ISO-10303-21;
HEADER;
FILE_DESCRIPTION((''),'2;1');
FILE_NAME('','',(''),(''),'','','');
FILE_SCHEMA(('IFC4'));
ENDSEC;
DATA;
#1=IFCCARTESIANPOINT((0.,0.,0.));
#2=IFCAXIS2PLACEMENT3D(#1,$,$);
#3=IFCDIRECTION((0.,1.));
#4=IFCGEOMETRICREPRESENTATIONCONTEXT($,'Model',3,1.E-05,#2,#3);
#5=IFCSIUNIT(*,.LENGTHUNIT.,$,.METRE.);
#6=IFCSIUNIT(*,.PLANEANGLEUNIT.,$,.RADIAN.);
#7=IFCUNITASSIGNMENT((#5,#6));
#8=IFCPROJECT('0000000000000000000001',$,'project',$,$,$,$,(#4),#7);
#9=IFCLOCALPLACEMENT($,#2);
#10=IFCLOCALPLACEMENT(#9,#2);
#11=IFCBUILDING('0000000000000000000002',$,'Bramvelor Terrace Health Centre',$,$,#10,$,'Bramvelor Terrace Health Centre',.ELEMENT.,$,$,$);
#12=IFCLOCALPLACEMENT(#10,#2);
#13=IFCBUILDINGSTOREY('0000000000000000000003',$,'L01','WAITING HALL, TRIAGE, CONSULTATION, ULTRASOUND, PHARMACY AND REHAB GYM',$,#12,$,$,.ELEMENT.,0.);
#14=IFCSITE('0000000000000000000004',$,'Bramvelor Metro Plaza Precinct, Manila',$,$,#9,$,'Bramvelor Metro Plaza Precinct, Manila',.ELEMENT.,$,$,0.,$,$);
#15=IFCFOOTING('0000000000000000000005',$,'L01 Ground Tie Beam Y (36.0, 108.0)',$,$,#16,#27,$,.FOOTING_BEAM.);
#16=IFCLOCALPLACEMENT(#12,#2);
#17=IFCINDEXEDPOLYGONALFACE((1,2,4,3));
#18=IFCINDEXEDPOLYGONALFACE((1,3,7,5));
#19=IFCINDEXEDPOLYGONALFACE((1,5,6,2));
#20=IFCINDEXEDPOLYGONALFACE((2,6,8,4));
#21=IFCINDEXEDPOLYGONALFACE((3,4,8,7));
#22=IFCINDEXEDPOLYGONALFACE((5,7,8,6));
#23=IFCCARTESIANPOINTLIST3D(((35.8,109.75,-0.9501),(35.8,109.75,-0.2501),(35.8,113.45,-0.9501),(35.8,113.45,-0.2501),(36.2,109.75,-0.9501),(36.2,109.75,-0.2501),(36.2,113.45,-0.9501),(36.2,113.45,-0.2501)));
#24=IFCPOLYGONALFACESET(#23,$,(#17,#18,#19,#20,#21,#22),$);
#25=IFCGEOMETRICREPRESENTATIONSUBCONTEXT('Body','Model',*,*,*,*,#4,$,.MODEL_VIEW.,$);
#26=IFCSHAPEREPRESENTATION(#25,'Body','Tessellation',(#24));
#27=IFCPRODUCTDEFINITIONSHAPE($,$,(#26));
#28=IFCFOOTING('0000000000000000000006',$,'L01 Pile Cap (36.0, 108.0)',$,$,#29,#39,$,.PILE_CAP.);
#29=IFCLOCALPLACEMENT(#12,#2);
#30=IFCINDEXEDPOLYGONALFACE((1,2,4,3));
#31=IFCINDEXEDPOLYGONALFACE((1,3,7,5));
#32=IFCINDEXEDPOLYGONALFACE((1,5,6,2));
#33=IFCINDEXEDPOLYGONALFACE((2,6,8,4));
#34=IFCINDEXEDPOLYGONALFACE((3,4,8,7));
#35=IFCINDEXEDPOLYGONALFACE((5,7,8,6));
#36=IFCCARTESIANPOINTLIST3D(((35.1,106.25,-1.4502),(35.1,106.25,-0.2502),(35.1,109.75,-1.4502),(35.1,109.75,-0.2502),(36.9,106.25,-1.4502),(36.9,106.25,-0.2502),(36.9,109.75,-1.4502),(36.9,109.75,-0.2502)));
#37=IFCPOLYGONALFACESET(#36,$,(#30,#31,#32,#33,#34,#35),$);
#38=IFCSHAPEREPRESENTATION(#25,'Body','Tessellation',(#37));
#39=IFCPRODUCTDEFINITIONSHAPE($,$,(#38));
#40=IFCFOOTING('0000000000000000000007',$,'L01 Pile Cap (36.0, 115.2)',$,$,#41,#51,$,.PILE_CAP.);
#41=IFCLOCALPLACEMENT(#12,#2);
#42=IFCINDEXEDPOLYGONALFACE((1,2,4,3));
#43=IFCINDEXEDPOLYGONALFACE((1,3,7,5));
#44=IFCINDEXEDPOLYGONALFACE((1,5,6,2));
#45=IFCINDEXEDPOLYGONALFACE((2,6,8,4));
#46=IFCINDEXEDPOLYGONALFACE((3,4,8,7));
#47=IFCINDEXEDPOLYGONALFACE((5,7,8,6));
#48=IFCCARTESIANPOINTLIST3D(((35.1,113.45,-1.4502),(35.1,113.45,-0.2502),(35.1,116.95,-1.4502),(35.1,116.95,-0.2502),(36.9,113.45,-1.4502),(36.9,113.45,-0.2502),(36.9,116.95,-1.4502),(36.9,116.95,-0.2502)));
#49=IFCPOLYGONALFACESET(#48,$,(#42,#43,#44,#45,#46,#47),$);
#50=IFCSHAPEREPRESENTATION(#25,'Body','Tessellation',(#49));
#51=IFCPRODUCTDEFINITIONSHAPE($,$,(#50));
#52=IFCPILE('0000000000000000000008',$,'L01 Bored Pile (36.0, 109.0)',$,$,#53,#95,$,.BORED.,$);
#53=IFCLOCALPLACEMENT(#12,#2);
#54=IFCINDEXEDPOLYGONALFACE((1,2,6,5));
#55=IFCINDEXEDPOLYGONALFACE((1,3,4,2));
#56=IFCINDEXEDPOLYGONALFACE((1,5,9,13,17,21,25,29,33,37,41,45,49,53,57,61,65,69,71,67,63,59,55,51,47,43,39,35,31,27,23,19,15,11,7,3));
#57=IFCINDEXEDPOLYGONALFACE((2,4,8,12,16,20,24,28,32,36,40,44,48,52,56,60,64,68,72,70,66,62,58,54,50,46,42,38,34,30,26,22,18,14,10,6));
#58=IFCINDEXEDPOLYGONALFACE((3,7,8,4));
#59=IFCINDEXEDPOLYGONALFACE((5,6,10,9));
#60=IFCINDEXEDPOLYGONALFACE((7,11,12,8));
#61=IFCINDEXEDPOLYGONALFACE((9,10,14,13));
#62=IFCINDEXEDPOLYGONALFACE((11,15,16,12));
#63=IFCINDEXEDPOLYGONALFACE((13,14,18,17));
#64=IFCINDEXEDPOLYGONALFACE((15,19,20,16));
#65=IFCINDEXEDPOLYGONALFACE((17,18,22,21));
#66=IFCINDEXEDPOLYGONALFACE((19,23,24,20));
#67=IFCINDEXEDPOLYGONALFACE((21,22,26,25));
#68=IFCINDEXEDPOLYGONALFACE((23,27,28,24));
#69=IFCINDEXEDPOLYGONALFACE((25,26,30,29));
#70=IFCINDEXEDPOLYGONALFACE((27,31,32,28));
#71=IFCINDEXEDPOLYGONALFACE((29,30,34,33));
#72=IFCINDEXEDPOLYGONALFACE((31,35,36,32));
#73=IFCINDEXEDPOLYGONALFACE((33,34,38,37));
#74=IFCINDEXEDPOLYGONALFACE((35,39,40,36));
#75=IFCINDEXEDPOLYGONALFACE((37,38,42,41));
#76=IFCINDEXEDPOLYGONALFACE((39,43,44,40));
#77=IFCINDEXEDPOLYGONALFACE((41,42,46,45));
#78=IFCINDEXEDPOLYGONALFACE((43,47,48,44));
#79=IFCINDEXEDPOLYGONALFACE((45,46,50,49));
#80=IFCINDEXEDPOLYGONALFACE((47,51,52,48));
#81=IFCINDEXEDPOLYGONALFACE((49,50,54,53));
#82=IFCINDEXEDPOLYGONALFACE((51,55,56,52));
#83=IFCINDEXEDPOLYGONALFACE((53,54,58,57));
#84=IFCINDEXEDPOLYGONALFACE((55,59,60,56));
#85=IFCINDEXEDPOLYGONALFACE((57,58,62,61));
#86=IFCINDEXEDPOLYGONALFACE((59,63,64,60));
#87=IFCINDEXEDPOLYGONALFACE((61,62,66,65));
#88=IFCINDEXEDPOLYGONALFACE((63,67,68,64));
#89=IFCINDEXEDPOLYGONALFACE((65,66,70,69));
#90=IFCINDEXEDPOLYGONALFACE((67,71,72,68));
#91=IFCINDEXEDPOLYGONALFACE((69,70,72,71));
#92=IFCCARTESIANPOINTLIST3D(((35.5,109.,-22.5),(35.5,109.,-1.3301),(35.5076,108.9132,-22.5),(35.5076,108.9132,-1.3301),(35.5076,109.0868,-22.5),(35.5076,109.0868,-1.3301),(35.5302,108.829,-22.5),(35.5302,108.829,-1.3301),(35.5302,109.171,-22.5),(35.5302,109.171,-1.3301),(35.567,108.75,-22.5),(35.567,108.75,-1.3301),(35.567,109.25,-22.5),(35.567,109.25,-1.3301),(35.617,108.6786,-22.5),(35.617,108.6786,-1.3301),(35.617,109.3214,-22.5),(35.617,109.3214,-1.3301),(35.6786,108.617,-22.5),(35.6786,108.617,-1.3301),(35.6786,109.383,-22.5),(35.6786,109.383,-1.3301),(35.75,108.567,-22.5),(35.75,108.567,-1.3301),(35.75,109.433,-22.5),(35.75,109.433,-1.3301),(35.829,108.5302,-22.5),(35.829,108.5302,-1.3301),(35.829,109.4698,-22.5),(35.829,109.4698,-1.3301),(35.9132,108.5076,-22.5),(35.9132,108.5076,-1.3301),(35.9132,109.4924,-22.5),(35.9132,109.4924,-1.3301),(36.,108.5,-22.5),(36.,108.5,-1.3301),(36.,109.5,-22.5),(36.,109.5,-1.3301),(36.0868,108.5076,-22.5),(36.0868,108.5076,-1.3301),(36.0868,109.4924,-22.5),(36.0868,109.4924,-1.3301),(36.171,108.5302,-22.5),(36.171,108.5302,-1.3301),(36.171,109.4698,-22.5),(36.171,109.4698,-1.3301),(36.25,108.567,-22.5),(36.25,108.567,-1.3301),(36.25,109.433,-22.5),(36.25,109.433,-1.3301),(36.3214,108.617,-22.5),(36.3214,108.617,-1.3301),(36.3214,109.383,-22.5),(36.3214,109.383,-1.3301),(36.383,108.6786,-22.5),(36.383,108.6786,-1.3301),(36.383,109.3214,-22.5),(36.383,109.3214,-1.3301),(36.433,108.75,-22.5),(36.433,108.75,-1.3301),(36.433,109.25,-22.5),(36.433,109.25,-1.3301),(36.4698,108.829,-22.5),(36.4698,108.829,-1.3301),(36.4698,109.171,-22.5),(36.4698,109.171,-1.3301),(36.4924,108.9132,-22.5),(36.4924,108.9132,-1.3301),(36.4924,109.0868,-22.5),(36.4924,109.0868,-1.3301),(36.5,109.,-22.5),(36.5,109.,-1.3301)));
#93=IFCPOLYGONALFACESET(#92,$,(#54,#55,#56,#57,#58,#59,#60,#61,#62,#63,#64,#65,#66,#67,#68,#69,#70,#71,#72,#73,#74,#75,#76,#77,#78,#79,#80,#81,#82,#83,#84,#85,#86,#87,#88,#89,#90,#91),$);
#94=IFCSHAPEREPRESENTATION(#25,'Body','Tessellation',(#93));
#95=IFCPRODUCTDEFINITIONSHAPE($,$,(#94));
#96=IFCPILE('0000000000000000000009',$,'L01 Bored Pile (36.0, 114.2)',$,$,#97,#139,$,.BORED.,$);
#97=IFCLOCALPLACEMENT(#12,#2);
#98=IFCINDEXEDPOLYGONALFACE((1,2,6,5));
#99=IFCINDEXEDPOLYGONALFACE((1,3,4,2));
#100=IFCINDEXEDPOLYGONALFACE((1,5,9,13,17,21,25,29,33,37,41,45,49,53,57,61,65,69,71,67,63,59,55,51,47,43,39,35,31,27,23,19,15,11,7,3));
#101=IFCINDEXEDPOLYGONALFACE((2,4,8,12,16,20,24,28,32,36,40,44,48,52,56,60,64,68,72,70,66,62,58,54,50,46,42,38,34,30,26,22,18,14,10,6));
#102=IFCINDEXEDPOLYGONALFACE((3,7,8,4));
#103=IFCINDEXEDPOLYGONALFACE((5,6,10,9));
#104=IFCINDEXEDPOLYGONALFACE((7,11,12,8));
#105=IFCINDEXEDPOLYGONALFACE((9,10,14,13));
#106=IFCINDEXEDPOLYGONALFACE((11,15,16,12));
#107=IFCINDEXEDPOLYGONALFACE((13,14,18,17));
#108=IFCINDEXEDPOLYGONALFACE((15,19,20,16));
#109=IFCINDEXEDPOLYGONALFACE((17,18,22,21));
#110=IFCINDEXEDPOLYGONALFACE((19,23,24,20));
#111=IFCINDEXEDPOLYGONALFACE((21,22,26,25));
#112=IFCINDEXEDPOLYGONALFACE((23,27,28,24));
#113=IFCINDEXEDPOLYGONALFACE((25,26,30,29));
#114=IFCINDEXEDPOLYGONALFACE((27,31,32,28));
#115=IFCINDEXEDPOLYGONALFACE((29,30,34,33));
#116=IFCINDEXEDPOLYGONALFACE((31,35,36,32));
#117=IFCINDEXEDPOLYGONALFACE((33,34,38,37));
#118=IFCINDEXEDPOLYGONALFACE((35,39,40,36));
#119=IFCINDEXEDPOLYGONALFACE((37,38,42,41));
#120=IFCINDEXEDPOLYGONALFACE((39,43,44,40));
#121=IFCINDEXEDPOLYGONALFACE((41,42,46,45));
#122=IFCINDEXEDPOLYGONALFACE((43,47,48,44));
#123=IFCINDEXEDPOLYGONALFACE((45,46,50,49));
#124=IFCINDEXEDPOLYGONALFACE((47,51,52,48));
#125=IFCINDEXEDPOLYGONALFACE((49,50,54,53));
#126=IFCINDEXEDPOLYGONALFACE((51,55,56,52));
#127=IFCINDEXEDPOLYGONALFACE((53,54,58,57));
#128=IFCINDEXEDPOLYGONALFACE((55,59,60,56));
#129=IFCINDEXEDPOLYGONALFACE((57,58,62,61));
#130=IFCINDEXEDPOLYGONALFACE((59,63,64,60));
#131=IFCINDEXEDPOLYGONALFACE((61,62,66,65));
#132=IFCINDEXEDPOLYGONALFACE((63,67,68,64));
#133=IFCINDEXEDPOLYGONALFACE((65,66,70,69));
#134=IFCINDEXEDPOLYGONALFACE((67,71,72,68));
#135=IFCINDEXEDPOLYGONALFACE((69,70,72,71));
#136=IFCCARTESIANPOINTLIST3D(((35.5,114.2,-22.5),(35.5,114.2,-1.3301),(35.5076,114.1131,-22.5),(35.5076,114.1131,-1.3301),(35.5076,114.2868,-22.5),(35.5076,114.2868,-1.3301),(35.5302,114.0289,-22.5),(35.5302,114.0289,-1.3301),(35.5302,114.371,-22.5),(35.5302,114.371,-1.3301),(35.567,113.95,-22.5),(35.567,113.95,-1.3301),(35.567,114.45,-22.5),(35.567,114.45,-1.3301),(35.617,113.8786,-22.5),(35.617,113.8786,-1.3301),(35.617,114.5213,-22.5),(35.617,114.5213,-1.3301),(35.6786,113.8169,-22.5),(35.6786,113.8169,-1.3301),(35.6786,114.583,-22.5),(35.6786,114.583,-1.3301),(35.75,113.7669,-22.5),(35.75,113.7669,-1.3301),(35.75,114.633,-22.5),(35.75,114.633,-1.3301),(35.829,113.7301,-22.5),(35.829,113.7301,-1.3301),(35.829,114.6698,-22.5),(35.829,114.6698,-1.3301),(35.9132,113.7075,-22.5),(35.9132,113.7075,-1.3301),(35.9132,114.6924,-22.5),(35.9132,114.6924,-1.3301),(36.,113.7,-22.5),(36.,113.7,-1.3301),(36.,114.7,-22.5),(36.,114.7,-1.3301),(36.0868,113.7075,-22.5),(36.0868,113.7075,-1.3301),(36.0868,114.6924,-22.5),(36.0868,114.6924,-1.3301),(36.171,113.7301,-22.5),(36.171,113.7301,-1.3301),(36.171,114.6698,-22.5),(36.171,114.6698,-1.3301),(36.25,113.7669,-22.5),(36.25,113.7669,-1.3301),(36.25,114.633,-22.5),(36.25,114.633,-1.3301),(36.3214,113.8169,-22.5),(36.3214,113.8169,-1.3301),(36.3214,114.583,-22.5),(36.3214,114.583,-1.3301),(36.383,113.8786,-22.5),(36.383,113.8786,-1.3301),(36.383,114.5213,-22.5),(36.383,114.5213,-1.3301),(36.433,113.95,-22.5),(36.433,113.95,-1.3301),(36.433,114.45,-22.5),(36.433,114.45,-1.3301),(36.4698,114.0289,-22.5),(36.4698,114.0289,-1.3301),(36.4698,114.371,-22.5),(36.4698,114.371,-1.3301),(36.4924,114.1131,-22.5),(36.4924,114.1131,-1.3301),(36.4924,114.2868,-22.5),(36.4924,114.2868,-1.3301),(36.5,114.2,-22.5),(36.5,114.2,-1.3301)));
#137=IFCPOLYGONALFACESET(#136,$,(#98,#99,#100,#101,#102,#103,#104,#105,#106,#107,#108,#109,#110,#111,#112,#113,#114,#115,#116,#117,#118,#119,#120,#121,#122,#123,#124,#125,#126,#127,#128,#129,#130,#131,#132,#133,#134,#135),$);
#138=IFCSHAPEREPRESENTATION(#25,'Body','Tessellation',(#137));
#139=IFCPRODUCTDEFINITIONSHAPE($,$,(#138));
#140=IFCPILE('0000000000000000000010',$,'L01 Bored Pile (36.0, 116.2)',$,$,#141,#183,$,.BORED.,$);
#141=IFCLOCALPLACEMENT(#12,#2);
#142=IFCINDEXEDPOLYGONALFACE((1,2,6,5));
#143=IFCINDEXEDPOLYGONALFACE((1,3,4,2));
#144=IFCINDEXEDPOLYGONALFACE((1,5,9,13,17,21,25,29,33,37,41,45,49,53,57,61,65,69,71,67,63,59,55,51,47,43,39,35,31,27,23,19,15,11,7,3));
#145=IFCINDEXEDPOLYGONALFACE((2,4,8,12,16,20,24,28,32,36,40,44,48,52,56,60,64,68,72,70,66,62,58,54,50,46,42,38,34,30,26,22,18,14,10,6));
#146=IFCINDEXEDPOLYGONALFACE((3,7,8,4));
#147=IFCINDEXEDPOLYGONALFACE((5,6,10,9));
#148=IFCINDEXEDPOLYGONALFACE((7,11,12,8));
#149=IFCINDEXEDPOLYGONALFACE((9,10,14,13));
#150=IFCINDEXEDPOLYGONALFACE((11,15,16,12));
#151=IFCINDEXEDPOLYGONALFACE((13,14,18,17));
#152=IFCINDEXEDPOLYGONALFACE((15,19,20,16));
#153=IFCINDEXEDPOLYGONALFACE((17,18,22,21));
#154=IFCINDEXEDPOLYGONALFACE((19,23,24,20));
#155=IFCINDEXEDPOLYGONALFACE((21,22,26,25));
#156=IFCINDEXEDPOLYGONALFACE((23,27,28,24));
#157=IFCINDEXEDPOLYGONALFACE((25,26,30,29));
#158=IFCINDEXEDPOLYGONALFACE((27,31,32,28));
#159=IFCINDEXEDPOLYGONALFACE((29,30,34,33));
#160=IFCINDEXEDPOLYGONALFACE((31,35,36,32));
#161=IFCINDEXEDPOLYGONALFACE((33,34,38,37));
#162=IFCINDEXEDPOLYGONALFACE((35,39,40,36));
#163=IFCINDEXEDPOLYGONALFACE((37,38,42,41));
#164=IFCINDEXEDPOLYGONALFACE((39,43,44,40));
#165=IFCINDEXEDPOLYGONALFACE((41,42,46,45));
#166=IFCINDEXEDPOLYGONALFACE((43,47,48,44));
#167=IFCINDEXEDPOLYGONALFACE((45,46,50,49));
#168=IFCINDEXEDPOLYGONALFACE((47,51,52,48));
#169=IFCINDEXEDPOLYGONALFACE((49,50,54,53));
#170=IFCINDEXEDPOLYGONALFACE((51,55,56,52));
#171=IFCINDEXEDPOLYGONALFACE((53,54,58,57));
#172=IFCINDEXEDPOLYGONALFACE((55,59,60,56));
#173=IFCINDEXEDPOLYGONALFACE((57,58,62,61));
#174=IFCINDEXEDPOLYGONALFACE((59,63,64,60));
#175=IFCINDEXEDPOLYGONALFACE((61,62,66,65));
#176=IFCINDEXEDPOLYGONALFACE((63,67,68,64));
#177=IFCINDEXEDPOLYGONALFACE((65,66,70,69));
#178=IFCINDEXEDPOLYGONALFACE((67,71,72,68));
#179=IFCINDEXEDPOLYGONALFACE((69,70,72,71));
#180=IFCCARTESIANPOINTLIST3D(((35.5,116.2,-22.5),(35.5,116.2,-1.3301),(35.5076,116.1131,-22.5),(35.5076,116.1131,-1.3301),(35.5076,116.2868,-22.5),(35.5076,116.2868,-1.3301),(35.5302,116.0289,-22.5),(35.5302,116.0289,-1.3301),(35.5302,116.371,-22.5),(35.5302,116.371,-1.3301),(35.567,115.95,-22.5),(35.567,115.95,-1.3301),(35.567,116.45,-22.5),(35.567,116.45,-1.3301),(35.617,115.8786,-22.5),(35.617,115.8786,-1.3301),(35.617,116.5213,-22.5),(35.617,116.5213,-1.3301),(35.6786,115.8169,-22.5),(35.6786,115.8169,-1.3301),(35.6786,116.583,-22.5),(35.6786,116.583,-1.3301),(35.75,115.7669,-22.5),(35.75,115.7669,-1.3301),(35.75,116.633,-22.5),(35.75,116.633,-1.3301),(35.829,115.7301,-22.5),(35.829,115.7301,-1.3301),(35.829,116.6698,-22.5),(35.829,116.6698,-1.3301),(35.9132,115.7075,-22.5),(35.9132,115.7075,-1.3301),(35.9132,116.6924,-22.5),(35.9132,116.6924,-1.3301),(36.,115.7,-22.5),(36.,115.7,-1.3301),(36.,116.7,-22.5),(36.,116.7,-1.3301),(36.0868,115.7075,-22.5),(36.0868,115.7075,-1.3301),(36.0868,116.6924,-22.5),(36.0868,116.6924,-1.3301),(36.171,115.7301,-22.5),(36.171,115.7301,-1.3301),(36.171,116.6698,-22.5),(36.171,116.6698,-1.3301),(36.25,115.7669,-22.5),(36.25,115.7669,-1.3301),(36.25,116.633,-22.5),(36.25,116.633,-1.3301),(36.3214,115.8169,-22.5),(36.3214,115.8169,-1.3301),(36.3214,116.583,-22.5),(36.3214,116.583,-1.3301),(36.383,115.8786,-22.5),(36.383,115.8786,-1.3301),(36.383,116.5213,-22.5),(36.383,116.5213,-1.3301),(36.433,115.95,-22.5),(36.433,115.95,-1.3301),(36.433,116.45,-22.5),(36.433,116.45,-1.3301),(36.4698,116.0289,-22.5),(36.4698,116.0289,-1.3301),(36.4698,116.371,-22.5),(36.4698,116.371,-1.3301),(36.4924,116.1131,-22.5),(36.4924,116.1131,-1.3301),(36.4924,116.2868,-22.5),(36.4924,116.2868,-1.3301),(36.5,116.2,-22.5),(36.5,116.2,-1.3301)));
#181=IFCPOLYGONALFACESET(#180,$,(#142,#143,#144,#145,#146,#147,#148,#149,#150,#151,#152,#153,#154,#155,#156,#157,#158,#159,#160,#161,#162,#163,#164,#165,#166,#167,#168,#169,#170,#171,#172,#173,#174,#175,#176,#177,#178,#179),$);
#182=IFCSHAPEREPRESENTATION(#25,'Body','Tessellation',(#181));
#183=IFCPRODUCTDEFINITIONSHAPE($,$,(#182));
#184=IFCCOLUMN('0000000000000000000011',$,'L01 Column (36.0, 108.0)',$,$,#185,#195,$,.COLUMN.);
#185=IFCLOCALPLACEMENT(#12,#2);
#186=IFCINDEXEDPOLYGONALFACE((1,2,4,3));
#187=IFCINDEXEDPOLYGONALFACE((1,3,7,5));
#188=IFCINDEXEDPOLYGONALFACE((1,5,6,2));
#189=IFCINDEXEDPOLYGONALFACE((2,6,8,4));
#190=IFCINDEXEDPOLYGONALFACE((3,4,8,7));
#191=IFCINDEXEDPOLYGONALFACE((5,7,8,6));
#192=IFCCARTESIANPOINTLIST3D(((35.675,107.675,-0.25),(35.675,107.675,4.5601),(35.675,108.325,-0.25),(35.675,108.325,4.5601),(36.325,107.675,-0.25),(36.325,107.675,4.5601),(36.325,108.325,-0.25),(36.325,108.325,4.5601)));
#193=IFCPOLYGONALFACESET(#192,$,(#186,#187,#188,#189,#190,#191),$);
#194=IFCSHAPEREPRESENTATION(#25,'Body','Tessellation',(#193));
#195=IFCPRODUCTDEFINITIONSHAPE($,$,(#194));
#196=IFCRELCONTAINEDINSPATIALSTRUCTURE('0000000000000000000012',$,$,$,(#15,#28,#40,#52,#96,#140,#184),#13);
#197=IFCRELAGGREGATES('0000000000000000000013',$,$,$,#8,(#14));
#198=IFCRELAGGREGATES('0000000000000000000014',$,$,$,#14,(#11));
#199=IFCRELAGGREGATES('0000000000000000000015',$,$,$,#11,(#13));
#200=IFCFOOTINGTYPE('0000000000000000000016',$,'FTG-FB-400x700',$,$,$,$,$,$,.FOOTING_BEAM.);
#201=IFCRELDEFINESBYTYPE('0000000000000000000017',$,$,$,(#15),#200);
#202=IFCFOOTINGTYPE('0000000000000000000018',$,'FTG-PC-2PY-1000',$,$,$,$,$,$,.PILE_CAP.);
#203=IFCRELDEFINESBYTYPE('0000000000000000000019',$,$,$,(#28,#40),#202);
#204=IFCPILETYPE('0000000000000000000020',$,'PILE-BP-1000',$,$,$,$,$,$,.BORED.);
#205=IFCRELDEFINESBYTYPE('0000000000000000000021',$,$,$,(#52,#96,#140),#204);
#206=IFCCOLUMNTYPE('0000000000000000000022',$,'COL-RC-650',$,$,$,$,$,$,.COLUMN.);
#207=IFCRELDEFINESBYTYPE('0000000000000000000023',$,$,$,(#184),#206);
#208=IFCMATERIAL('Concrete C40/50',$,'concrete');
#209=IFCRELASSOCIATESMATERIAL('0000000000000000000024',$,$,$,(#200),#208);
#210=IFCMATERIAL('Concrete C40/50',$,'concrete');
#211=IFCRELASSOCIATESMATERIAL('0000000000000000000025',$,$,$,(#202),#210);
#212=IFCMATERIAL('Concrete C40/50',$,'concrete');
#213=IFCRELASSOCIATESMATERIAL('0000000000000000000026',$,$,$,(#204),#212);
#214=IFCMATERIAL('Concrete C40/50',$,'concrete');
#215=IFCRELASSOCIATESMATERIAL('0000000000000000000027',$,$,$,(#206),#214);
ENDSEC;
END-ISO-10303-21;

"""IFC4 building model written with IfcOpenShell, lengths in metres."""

from ifc_helpers import new_model, si_unit, direction, frame, origin, origin_2d, place, context, subcontext, project, spatial, rectangle, circle, extrude, material, material_profile, profile_set, type_object, element, save


model = new_model("IFC4")

# Units and contexts
model_context = context("Model", 3, precision=1e-05, world=origin(), true_north=direction((0.0, 1.0)))
body_context = subcontext(model_context, "Body", "Model", "MODEL_VIEW")
ifc_project = project(units=[si_unit("LENGTHUNIT", "METRE"), si_unit("PLANEANGLEUNIT", "RADIAN")], contexts=[model_context])

# Site, building, storey
site_placement = place(None, origin())
site = spatial("IfcSite", under=ifc_project, at=site_placement, Name="Bramvelor Metro Plaza Precinct, Manila", LongName="Bramvelor Metro Plaza Precinct, Manila", CompositionType="ELEMENT", RefElevation=0.0)
building_placement = place(site_placement, origin())
building = spatial("IfcBuilding", under=site, at=building_placement, Name="Bramvelor Terrace Health Centre", LongName="Bramvelor Terrace Health Centre", CompositionType="ELEMENT")
storey_placement = place(building_placement, origin())
storey = spatial("IfcBuildingStorey", under=building, at=storey_placement, Name="L01", Description="WAITING HALL, TRIAGE, CONSULTATION, ULTRASOUND, PHARMACY AND REHAB GYM", CompositionType="ELEMENT", Elevation=0.0)

# Footings
ifc_material_1 = material(Name="Concrete C40/50", Category="concrete")
ifc_material_profile_1 = material_profile(ifc_material_1, rectangle(XDim=0.3999, YDim=0.7, at=origin_2d()), Name="RC 400x700")
ifc_profile_set_1 = profile_set([ifc_material_profile_1], Name="Concrete C40/50")
footing_type_1 = type_object("IfcFootingType", Name="FTG-FB-400x700", PredefinedType="FOOTING_BEAM", material=ifc_profile_set_1)
footing_placement = place(storey_placement, frame((36.0, 109.75, -0.6001), z_axis=(0.0, 1.0, 0.0), x_axis=(-1.0, 0.0, 0.0)))
element("IfcFooting", 1, at=footing_placement, inside=storey, type_object=footing_type_1, Name="L01 Ground Tie Beam Y (36.0, 108.0)", PredefinedType="FOOTING_BEAM", context=body_context, shape_type="SweptSolid", body=[
    extrude(rectangle(XDim=0.3999, YDim=0.7, at=origin_2d()), origin(), (0.0, 0.0, 1.0), 3.7),
])
ifc_material_2 = material(Name="Concrete C40/50", Category="concrete")
footing_type_2 = type_object("IfcFootingType", Name="FTG-PC-2PY-1000", PredefinedType="PILE_CAP", material=ifc_material_2)
for number, where, z_axis, x_axis, name in (
    (2, (36.0, 108.0, -1.4502), (0.0, 0.0, 1.0), (1.0, 0.0, 0.0), "L01 Pile Cap (36.0, 108.0)"),
    (3, (36.0, 115.2, -1.4502), (0.0, 0.0, 1.0), (1.0, 0.0, 0.0), "L01 Pile Cap (36.0, 115.2)"),
):
    element("IfcFooting", number, at=place(storey_placement, frame(where, z_axis=z_axis, x_axis=x_axis)), inside=storey, type_object=footing_type_2, Name=name, PredefinedType="PILE_CAP", context=body_context, shape_type="SweptSolid", body=[
        extrude(rectangle(XDim=1.8, YDim=3.5, at=origin_2d()), origin(), (0.0, 0.0, 1.0), 1.2),
    ])

# Piles
ifc_material_3 = material(Name="Concrete C40/50", Category="concrete")
ifc_material_profile_2 = material_profile(ifc_material_3, circle(Radius=0.5, at=origin_2d()), Name="BP D1000")
ifc_profile_set_2 = profile_set([ifc_material_profile_2], Name="Concrete C40/50")
pile_type = type_object("IfcPileType", Name="PILE-BP-1000", PredefinedType="BORED", material=ifc_profile_set_2)
for number, where, z_axis, x_axis, name in (
    (4, (36.0, 109.0, -1.3301), (0.0, 0.0, -1.0), (1.0, 0.0, 0.0), "L01 Bored Pile (36.0, 109.0)"),
    (5, (36.0, 114.2, -1.3301), (0.0, 0.0, -1.0), (1.0, 0.0, 0.0), "L01 Bored Pile (36.0, 114.2)"),
    (6, (36.0, 116.2, -1.3301), (0.0, 0.0, -1.0), (1.0, 0.0, 0.0), "L01 Bored Pile (36.0, 116.2)"),
):
    element("IfcPile", number, at=place(storey_placement, frame(where, z_axis=z_axis, x_axis=x_axis)), inside=storey, type_object=pile_type, Name=name, PredefinedType="BORED", context=body_context, shape_type="SweptSolid", body=[
        extrude(circle(Radius=0.5, at=origin_2d()), origin(), (0.0, 0.0, 1.0), 21.1699),
    ])

# Column
ifc_material_4 = material(Name="Concrete C40/50", Category="concrete")
ifc_material_profile_3 = material_profile(ifc_material_4, rectangle(XDim=0.6499, YDim=0.6499, at=origin_2d()), Name="RC 650x650")
ifc_profile_set_3 = profile_set([ifc_material_profile_3], Name="Concrete C40/50")
column_type_1 = type_object("IfcColumnType", Name="COL-RC-650", PredefinedType="COLUMN", material=ifc_profile_set_3)
column_1_placement = place(storey_placement, frame((36.0, 108.0, -0.25), z_axis=(0.0, 0.0, 1.0), x_axis=(1.0, 0.0, 0.0)))
element("IfcColumn", 7, at=column_1_placement, inside=storey, type_object=column_type_1, Name="L01 Column (36.0, 108.0)", PredefinedType="COLUMN", context=body_context, shape_type="SweptSolid", body=[
    extrude(rectangle(XDim=0.6499, YDim=0.6499, at=origin_2d()), origin(), (0.0, 0.0, 1.0), 4.8101),
])

save(model, "model.ifc")
